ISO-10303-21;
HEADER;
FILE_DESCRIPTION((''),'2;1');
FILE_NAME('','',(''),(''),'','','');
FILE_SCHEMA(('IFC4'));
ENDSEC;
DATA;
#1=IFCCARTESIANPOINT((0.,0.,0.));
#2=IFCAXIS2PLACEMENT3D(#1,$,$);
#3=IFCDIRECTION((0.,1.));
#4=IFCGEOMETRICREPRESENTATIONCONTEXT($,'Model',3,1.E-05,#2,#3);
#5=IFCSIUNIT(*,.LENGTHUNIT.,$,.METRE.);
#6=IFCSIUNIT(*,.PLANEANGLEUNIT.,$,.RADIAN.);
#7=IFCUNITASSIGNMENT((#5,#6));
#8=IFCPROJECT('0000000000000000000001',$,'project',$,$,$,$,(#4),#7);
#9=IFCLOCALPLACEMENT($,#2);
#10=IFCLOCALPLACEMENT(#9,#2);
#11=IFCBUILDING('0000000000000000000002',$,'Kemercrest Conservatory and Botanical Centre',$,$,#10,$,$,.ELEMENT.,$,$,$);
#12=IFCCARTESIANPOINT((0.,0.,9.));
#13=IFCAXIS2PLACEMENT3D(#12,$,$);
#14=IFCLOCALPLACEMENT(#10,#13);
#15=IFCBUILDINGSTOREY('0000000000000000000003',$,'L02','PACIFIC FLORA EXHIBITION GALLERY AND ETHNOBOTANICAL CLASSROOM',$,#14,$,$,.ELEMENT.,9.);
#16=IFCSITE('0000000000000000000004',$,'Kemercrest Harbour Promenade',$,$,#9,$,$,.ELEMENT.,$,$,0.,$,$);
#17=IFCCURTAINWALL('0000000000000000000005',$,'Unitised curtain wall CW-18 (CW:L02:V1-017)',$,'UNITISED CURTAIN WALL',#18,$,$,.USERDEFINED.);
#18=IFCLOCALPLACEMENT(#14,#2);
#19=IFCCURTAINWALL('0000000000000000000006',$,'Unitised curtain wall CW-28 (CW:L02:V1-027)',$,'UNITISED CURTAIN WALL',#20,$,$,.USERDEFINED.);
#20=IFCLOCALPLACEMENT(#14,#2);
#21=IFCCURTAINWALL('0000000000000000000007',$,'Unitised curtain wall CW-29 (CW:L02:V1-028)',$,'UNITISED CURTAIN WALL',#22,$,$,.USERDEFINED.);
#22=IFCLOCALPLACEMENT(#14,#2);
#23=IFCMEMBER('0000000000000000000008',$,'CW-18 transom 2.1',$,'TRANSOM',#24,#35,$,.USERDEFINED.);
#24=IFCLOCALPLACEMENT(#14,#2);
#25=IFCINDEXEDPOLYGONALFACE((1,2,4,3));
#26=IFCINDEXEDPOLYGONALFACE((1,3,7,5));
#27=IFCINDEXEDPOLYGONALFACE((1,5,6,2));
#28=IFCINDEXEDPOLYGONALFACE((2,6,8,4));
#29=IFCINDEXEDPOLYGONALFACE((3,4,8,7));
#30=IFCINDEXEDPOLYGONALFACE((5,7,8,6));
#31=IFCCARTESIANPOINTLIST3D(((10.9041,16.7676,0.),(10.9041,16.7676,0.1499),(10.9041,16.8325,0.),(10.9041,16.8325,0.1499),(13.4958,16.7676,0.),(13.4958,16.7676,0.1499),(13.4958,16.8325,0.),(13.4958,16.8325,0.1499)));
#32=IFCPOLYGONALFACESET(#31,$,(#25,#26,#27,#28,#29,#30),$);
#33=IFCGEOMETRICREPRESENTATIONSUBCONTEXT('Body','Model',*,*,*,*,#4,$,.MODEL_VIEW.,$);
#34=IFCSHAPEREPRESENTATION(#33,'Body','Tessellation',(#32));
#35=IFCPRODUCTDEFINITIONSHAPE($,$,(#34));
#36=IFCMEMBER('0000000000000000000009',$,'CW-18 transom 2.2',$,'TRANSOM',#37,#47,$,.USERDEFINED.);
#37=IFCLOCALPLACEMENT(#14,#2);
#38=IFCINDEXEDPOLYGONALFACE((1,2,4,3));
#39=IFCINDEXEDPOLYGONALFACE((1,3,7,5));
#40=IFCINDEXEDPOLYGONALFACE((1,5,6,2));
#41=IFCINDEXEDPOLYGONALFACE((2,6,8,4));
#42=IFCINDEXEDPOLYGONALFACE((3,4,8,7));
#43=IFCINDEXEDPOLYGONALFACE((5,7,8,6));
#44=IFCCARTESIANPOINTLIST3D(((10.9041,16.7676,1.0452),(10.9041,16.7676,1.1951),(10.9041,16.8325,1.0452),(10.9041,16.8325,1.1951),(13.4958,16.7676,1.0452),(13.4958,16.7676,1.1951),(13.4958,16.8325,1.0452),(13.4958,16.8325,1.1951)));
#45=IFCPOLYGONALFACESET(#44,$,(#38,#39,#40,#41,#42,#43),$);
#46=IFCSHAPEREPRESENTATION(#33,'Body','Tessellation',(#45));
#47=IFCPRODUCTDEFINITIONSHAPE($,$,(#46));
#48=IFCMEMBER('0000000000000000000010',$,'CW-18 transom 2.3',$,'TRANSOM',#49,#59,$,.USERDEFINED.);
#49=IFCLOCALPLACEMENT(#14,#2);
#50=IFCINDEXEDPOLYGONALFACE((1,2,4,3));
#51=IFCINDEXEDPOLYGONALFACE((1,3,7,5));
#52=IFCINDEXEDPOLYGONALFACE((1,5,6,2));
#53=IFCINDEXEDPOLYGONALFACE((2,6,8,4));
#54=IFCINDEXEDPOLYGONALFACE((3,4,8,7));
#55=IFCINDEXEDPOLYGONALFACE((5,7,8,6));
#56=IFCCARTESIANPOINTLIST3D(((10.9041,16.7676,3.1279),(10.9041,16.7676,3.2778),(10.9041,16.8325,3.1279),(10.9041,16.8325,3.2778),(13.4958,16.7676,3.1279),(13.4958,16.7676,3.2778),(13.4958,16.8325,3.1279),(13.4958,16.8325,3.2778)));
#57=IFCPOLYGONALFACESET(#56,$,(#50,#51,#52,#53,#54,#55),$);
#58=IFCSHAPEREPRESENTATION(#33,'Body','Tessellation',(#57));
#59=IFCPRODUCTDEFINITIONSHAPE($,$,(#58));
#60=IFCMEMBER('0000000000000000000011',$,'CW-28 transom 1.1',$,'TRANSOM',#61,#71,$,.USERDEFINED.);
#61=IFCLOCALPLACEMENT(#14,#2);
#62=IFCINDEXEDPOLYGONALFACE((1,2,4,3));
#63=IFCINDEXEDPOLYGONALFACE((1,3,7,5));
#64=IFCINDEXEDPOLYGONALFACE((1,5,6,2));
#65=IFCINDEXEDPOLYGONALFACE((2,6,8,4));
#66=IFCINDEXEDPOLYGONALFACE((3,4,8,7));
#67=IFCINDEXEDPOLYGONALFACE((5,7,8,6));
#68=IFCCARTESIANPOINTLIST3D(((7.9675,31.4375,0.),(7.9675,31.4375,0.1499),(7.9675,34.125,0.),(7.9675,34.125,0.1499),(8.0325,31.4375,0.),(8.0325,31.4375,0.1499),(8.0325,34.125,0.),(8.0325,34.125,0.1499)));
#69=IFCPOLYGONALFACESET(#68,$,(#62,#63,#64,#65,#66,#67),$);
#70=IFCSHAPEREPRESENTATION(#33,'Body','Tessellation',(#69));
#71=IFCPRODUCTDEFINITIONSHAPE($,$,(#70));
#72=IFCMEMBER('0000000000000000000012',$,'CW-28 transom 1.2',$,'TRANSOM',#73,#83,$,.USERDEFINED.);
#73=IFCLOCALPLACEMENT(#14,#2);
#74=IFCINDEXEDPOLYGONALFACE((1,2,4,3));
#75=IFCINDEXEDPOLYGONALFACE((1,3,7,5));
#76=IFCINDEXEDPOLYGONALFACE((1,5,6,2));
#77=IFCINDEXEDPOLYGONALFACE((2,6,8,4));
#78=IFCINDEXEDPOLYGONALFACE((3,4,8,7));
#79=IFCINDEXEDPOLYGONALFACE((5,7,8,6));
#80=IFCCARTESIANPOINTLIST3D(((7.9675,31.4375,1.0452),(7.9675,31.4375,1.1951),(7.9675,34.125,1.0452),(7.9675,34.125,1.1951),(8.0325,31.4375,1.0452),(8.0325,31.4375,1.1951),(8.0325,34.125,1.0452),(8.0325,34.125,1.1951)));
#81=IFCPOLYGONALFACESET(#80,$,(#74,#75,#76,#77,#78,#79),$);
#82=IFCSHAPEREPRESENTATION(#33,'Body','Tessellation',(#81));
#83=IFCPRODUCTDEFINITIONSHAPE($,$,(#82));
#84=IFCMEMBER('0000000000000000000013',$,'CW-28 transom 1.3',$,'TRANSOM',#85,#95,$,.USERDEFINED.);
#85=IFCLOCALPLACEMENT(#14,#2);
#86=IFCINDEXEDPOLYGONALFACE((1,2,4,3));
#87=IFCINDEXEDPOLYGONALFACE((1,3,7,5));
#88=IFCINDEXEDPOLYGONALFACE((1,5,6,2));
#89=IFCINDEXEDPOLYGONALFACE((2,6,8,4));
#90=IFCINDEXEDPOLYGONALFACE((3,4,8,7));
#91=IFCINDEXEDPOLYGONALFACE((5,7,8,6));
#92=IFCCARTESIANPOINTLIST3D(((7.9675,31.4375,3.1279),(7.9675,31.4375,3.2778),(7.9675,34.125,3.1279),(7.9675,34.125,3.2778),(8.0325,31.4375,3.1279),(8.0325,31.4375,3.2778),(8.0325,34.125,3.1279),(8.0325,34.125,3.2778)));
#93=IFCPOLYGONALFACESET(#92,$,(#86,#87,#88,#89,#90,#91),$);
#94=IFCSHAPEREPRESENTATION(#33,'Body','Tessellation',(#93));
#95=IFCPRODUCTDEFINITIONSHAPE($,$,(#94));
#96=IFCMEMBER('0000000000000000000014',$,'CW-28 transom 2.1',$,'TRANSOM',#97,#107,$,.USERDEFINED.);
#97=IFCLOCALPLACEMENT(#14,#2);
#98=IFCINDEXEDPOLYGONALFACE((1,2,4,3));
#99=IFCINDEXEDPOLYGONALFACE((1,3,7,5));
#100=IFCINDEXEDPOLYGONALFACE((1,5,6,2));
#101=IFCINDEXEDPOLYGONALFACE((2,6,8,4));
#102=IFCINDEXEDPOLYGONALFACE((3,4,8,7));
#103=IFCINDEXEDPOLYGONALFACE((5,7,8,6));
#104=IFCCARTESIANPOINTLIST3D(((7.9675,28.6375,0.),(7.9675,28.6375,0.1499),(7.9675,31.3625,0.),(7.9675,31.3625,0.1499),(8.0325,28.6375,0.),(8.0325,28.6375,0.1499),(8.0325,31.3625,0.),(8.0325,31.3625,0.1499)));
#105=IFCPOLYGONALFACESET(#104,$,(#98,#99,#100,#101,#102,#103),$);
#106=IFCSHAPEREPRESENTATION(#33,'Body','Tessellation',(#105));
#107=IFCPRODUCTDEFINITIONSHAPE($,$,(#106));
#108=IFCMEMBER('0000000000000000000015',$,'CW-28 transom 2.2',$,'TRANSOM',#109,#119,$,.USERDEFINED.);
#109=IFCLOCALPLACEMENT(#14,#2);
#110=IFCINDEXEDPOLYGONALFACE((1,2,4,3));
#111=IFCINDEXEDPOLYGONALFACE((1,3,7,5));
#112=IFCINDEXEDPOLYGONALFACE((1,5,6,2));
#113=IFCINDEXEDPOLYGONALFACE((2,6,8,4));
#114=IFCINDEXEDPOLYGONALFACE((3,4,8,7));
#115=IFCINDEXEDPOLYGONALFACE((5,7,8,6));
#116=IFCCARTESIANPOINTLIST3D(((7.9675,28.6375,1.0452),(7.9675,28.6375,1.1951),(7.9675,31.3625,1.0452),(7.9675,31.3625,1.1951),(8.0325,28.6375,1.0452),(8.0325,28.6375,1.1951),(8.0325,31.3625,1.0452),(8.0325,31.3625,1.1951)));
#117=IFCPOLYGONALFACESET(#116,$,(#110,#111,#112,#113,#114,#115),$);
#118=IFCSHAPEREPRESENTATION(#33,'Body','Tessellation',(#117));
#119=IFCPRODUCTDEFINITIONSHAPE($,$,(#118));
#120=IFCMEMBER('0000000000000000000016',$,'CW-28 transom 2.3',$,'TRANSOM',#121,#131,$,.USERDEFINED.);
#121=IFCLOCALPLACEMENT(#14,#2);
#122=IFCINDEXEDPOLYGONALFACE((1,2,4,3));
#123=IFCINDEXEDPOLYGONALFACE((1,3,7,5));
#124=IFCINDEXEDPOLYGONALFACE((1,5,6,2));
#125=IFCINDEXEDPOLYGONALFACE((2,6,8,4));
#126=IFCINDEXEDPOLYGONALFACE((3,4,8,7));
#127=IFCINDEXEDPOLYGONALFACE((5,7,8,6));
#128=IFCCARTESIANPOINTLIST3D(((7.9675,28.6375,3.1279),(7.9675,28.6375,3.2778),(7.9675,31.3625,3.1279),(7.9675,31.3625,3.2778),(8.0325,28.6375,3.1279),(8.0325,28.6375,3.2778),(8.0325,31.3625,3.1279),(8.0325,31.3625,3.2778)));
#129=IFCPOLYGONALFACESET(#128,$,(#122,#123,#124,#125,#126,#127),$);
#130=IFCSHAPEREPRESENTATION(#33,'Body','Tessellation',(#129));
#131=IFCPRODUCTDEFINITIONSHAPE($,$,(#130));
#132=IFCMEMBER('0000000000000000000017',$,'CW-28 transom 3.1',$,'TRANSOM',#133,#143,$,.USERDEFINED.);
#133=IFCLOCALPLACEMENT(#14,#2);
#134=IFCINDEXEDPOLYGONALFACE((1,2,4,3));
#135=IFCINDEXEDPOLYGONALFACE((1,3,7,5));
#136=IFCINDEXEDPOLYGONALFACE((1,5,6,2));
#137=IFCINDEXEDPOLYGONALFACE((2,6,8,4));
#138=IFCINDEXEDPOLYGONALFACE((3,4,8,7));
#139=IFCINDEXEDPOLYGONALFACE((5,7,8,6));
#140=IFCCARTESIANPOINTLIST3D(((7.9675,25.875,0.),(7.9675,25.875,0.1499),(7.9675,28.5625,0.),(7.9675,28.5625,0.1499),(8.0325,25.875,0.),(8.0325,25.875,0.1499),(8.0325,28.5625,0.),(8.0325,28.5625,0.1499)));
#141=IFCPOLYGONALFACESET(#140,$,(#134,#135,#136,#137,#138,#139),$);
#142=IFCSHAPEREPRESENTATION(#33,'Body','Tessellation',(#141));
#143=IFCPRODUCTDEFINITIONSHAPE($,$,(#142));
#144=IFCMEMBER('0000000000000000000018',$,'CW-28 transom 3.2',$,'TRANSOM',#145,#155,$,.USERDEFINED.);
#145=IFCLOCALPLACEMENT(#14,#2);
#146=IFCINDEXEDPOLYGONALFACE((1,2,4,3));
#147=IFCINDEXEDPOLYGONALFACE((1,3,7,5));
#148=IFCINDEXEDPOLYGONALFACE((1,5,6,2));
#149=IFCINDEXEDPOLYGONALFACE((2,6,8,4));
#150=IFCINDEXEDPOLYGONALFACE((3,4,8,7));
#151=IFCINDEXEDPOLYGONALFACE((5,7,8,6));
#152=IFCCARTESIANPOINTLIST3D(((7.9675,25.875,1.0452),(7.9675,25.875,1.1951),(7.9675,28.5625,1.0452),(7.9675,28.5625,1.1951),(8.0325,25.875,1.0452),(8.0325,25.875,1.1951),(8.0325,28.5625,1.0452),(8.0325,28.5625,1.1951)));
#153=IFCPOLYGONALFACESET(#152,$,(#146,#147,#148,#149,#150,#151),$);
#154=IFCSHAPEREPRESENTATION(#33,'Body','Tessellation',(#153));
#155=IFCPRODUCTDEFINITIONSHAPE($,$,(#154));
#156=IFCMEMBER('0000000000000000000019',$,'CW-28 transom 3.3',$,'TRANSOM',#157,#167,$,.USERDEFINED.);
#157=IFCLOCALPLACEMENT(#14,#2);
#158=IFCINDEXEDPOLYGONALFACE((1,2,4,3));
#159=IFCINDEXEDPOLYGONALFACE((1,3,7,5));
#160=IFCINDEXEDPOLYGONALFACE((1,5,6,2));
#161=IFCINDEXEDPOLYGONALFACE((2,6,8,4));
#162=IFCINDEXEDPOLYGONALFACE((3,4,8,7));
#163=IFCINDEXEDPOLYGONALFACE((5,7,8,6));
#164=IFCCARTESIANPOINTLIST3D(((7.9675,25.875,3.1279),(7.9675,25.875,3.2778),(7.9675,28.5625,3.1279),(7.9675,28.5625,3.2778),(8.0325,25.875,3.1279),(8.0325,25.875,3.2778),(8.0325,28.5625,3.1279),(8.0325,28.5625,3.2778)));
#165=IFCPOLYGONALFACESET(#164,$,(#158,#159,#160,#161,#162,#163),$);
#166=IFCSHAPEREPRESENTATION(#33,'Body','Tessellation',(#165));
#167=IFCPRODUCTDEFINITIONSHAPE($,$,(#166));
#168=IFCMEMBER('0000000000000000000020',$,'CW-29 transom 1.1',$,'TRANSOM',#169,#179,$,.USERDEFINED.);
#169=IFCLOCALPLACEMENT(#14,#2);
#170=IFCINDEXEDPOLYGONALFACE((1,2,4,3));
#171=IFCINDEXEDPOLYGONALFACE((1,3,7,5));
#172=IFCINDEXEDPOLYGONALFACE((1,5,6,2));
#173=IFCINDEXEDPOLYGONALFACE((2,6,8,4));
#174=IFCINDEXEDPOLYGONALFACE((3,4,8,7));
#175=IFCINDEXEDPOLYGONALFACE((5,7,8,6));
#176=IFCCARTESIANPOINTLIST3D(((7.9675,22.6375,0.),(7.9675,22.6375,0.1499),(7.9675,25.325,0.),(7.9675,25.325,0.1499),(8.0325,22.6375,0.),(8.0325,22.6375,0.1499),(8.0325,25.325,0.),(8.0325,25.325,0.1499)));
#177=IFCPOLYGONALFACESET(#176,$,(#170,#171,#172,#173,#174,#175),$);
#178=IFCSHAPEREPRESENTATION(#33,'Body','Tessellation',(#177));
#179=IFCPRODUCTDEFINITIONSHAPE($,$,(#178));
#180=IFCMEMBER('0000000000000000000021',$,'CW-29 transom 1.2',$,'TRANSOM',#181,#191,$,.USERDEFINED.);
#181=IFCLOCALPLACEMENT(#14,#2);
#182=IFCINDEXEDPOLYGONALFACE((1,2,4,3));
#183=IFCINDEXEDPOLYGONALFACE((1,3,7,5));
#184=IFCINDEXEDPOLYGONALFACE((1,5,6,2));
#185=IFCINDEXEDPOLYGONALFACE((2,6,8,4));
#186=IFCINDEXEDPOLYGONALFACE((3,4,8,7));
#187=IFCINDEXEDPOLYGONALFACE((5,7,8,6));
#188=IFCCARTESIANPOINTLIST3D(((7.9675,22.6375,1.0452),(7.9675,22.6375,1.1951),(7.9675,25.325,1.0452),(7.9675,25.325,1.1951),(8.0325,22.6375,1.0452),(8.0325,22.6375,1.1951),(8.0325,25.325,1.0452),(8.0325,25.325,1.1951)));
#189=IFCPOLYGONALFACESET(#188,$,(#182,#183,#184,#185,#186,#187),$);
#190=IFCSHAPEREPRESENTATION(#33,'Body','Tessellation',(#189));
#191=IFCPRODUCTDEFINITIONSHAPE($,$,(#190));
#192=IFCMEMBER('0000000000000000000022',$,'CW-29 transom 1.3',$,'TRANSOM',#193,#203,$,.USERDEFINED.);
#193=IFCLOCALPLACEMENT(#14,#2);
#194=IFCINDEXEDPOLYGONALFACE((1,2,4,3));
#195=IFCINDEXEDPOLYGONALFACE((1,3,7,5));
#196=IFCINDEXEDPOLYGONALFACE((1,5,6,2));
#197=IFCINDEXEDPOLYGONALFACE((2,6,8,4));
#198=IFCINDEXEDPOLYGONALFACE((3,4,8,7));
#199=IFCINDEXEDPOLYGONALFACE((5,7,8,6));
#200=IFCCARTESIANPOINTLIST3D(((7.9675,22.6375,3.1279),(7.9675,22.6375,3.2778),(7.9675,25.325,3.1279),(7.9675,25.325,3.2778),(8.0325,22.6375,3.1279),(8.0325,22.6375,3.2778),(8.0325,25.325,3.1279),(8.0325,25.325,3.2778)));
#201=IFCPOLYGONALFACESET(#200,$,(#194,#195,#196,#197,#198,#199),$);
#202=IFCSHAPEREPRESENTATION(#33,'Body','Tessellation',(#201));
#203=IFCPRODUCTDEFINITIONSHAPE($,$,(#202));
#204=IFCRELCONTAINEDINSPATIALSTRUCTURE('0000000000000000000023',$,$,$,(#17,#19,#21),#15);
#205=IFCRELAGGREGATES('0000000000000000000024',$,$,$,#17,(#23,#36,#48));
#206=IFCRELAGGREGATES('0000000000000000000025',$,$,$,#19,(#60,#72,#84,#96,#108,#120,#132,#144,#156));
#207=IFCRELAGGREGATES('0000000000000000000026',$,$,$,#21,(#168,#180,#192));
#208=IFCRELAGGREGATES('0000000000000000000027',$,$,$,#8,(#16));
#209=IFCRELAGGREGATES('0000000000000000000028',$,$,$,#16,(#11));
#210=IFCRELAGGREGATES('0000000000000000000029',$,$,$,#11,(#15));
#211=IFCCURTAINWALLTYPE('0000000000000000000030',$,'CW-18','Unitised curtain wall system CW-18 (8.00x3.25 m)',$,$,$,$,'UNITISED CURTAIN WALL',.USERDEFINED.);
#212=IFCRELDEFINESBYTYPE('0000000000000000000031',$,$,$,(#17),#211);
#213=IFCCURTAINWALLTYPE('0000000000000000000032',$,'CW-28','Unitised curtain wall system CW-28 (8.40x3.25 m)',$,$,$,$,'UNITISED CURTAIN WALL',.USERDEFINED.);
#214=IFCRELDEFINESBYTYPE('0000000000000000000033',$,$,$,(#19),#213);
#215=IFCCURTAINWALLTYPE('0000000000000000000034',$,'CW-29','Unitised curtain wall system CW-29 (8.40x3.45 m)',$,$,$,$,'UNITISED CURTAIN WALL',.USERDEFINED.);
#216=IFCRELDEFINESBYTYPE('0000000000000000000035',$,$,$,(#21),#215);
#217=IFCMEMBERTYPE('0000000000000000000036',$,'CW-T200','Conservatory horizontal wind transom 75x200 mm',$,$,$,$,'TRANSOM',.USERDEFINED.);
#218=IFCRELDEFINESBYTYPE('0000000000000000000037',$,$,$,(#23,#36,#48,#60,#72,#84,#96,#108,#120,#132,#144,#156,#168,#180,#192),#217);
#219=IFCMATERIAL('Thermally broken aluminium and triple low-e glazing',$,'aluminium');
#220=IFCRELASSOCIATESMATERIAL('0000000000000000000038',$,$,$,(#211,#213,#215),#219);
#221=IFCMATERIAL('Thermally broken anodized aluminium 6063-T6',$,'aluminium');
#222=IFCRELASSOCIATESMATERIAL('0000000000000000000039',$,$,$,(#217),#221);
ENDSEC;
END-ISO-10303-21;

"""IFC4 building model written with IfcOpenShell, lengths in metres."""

from ifc_helpers import new_model, si_unit, direction, frame, origin, origin_2d, place, context, subcontext, project, spatial, rectangle, extrude, material, material_profile, profile_set, type_object, element, aggregate, save


model = new_model("IFC4")

# Units and contexts
model_context = context("Model", 3, precision=1e-05, world=origin(), true_north=direction((0.0, 1.0)))
body_context = subcontext(model_context, "Body", "Model", "MODEL_VIEW")
ifc_project = project(units=[si_unit("LENGTHUNIT", "METRE"), si_unit("PLANEANGLEUNIT", "RADIAN")], contexts=[model_context])

# Site, building, storey
site_placement = place(None, origin())
site = spatial("IfcSite", under=ifc_project, at=site_placement, Name="Kemercrest Harbour Promenade", CompositionType="ELEMENT", RefElevation=0.0)
building_placement = place(site_placement, origin())
building = spatial("IfcBuilding", under=site, at=building_placement, Name="Kemercrest Conservatory and Botanical Centre", CompositionType="ELEMENT")
storey_placement = place(building_placement, frame((0.0, 0.0, 9.0)))
storey = spatial("IfcBuildingStorey", under=building, at=storey_placement, Name="L02", Description="PACIFIC FLORA EXHIBITION GALLERY AND ETHNOBOTANICAL CLASSROOM", CompositionType="ELEMENT", Elevation=9.0)

# Curtain walls
ifc_material_1 = material(Name="Thermally broken aluminium and triple low-e glazing", Category="aluminium")
curtain_wall_type_1 = type_object("IfcCurtainWallType", Name="CW-18", Description="Unitised curtain wall system CW-18 (8.00x3.25 m)", ElementType="UNITISED CURTAIN WALL", PredefinedType="USERDEFINED", material=ifc_material_1)
curtain_wall_1_placement = place(storey_placement, origin())
curtain_wall_1 = element("IfcCurtainWall", 1, at=curtain_wall_1_placement, inside=storey, type_object=curtain_wall_type_1, Name="Unitised curtain wall CW-18 (CW:L02:V1-017)", ObjectType="UNITISED CURTAIN WALL", PredefinedType="USERDEFINED")
ifc_material_2 = material(Name="Thermally broken anodized aluminium 6063-T6", Category="aluminium")
curtain_wall_type_2 = type_object("IfcCurtainWallType", Name="CW-28", Description="Unitised curtain wall system CW-28 (8.40x3.25 m)", ElementType="UNITISED CURTAIN WALL", PredefinedType="USERDEFINED", material=ifc_material_1)
curtain_wall_2_placement = place(storey_placement, origin())
curtain_wall_2 = element("IfcCurtainWall", 2, at=curtain_wall_2_placement, inside=storey, type_object=curtain_wall_type_2, Name="Unitised curtain wall CW-28 (CW:L02:V1-027)", ObjectType="UNITISED CURTAIN WALL", PredefinedType="USERDEFINED")
curtain_wall_type_3 = type_object("IfcCurtainWallType", Name="CW-29", Description="Unitised curtain wall system CW-29 (8.40x3.45 m)", ElementType="UNITISED CURTAIN WALL", PredefinedType="USERDEFINED", material=ifc_material_1)
curtain_wall_3_placement = place(storey_placement, origin())
curtain_wall_3 = element("IfcCurtainWall", 3, at=curtain_wall_3_placement, inside=storey, type_object=curtain_wall_type_3, Name="Unitised curtain wall CW-29 (CW:L02:V1-028)", ObjectType="UNITISED CURTAIN WALL", PredefinedType="USERDEFINED")

# Members
ifc_material_profile_1 = material_profile(ifc_material_2, rectangle(XDim=0.0649, YDim=0.1499, at=origin_2d()), Name="AL TRANSOM 65x150")
ifc_profile_set_1 = profile_set([ifc_material_profile_1], Name="Thermally broken anodized aluminium 6063-T6")
member_type_1 = type_object("IfcMemberType", Name="CW-T200", Description="Conservatory horizontal wind transom 75x200 mm", ElementType="TRANSOM", PredefinedType="USERDEFINED", material=ifc_profile_set_1)
member_1_placement = place(storey_placement, frame((10.9041, 16.8, 0.075), z_axis=(1.0, 0.0, 0.0), x_axis=(0.0, 1.0, 0.0)))
member_1 = element("IfcMember", 4, at=member_1_placement, type_object=member_type_1, Name="CW-18 transom 2.1", ObjectType="TRANSOM", PredefinedType="USERDEFINED", context=body_context, shape_type="SweptSolid", body=[
    extrude(rectangle(XDim=0.0649, YDim=0.1499, at=origin_2d()), origin(), (0.0, 0.0, 1.0), 2.5918),
])
member_2_placement = place(storey_placement, frame((10.9041, 16.8, 1.1201), z_axis=(1.0, 0.0, 0.0), x_axis=(0.0, 1.0, 0.0)))
member_2 = element("IfcMember", 5, at=member_2_placement, type_object=member_type_1, Name="CW-18 transom 2.2", ObjectType="TRANSOM", PredefinedType="USERDEFINED", context=body_context, shape_type="SweptSolid", body=[
    extrude(rectangle(XDim=0.0649, YDim=0.1499, at=origin_2d()), origin(), (0.0, 0.0, 1.0), 2.5918),
])
member_3_placement = place(storey_placement, frame((10.9041, 16.8, 3.2029), z_axis=(1.0, 0.0, 0.0), x_axis=(0.0, 1.0, 0.0)))
member_3 = element("IfcMember", 6, at=member_3_placement, type_object=member_type_1, Name="CW-18 transom 2.3", ObjectType="TRANSOM", PredefinedType="USERDEFINED", context=body_context, shape_type="SweptSolid", body=[
    extrude(rectangle(XDim=0.0649, YDim=0.1499, at=origin_2d()), origin(), (0.0, 0.0, 1.0), 2.5918),
])
member_4_placement = place(storey_placement, frame((8.0, 34.125, 0.075), z_axis=(0.0, -1.0, 0.0), x_axis=(1.0, 0.0, 0.0)))
member_4 = element("IfcMember", 7, at=member_4_placement, type_object=member_type_1, Name="CW-28 transom 1.1", ObjectType="TRANSOM", PredefinedType="USERDEFINED", context=body_context, shape_type="SweptSolid", body=[
    extrude(rectangle(XDim=0.0649, YDim=0.1499, at=origin_2d()), origin(), (0.0, 0.0, 1.0), 2.6875),
])
member_5_placement = place(storey_placement, frame((8.0, 34.125, 1.1201), z_axis=(0.0, -1.0, 0.0), x_axis=(1.0, 0.0, 0.0)))
member_5 = element("IfcMember", 8, at=member_5_placement, type_object=member_type_1, Name="CW-28 transom 1.2", ObjectType="TRANSOM", PredefinedType="USERDEFINED", context=body_context, shape_type="SweptSolid", body=[
    extrude(rectangle(XDim=0.0649, YDim=0.1499, at=origin_2d()), origin(), (0.0, 0.0, 1.0), 2.6875),
])
member_6_placement = place(storey_placement, frame((8.0, 34.125, 3.2029), z_axis=(0.0, -1.0, 0.0), x_axis=(1.0, 0.0, 0.0)))
member_6 = element("IfcMember", 9, at=member_6_placement, type_object=member_type_1, Name="CW-28 transom 1.3", ObjectType="TRANSOM", PredefinedType="USERDEFINED", context=body_context, shape_type="SweptSolid", body=[
    extrude(rectangle(XDim=0.0649, YDim=0.1499, at=origin_2d()), origin(), (0.0, 0.0, 1.0), 2.6875),
])
member_7_placement = place(storey_placement, frame((8.0, 31.3625, 0.075), z_axis=(0.0, -1.0, 0.0), x_axis=(1.0, 0.0, 0.0)))
member_7 = element("IfcMember", 10, at=member_7_placement, type_object=member_type_1, Name="CW-28 transom 2.1", ObjectType="TRANSOM", PredefinedType="USERDEFINED", context=body_context, shape_type="SweptSolid", body=[
    extrude(rectangle(XDim=0.0649, YDim=0.1499, at=origin_2d()), origin(), (0.0, 0.0, 1.0), 2.7251),
])
member_8_placement = place(storey_placement, frame((8.0, 31.3625, 1.1201), z_axis=(0.0, -1.0, 0.0), x_axis=(1.0, 0.0, 0.0)))
member_8 = element("IfcMember", 11, at=member_8_placement, type_object=member_type_1, Name="CW-28 transom 2.2", ObjectType="TRANSOM", PredefinedType="USERDEFINED", context=body_context, shape_type="SweptSolid", body=[
    extrude(rectangle(XDim=0.0649, YDim=0.1499, at=origin_2d()), origin(), (0.0, 0.0, 1.0), 2.7251),
])
member_9_placement = place(storey_placement, frame((8.0, 31.3625, 3.2029), z_axis=(0.0, -1.0, 0.0), x_axis=(1.0, 0.0, 0.0)))
member_9 = element("IfcMember", 12, at=member_9_placement, type_object=member_type_1, Name="CW-28 transom 2.3", ObjectType="TRANSOM", PredefinedType="USERDEFINED", context=body_context, shape_type="SweptSolid", body=[
    extrude(rectangle(XDim=0.0649, YDim=0.1499, at=origin_2d()), origin(), (0.0, 0.0, 1.0), 2.7251),
])
member_10_placement = place(storey_placement, frame((8.0, 28.5625, 0.075), z_axis=(0.0, -1.0, 0.0), x_axis=(1.0, 0.0, 0.0)))
member_10 = element("IfcMember", 13, at=member_10_placement, type_object=member_type_1, Name="CW-28 transom 3.1", ObjectType="TRANSOM", PredefinedType="USERDEFINED", context=body_context, shape_type="SweptSolid", body=[
    extrude(rectangle(XDim=0.0649, YDim=0.1499, at=origin_2d()), origin(), (0.0, 0.0, 1.0), 2.6875),
])
member_11_placement = place(storey_placement, frame((8.0, 28.5625, 1.1201), z_axis=(0.0, -1.0, 0.0), x_axis=(1.0, 0.0, 0.0)))
member_11 = element("IfcMember", 14, at=member_11_placement, type_object=member_type_1, Name="CW-28 transom 3.2", ObjectType="TRANSOM", PredefinedType="USERDEFINED", context=body_context, shape_type="SweptSolid", body=[
    extrude(rectangle(XDim=0.0649, YDim=0.1499, at=origin_2d()), origin(), (0.0, 0.0, 1.0), 2.6875),
])
member_12_placement = place(storey_placement, frame((8.0, 28.5625, 3.2029), z_axis=(0.0, -1.0, 0.0), x_axis=(1.0, 0.0, 0.0)))
member_12 = element("IfcMember", 15, at=member_12_placement, type_object=member_type_1, Name="CW-28 transom 3.3", ObjectType="TRANSOM", PredefinedType="USERDEFINED", context=body_context, shape_type="SweptSolid", body=[
    extrude(rectangle(XDim=0.0649, YDim=0.1499, at=origin_2d()), origin(), (0.0, 0.0, 1.0), 2.6875),
])
member_13_placement = place(storey_placement, frame((8.0, 25.325, 0.075), z_axis=(0.0, -1.0, 0.0), x_axis=(1.0, 0.0, 0.0)))
member_13 = element("IfcMember", 16, at=member_13_placement, type_object=member_type_1, Name="CW-29 transom 1.1", ObjectType="TRANSOM", PredefinedType="USERDEFINED", context=body_context, shape_type="SweptSolid", body=[
    extrude(rectangle(XDim=0.0649, YDim=0.1499, at=origin_2d()), origin(), (0.0, 0.0, 1.0), 2.6875),
])
member_14_placement = place(storey_placement, frame((8.0, 25.325, 1.1201), z_axis=(0.0, -1.0, 0.0), x_axis=(1.0, 0.0, 0.0)))
member_14 = element("IfcMember", 17, at=member_14_placement, type_object=member_type_1, Name="CW-29 transom 1.2", ObjectType="TRANSOM", PredefinedType="USERDEFINED", context=body_context, shape_type="SweptSolid", body=[
    extrude(rectangle(XDim=0.0649, YDim=0.1499, at=origin_2d()), origin(), (0.0, 0.0, 1.0), 2.6875),
])
member_15_placement = place(storey_placement, frame((8.0, 25.325, 3.2029), z_axis=(0.0, -1.0, 0.0), x_axis=(1.0, 0.0, 0.0)))
member_15 = element("IfcMember", 18, at=member_15_placement, type_object=member_type_1, Name="CW-29 transom 1.3", ObjectType="TRANSOM", PredefinedType="USERDEFINED", context=body_context, shape_type="SweptSolid", body=[
    extrude(rectangle(XDim=0.0649, YDim=0.1499, at=origin_2d()), origin(), (0.0, 0.0, 1.0), 2.6875),
])

aggregate(curtain_wall_1, [member_1, member_2, member_3])
aggregate(curtain_wall_2, [member_4, member_5, member_6, member_7, member_8, member_9, member_10, member_11, member_12])
aggregate(curtain_wall_3, [member_13, member_14, member_15])

save(model, "model.ifc")
